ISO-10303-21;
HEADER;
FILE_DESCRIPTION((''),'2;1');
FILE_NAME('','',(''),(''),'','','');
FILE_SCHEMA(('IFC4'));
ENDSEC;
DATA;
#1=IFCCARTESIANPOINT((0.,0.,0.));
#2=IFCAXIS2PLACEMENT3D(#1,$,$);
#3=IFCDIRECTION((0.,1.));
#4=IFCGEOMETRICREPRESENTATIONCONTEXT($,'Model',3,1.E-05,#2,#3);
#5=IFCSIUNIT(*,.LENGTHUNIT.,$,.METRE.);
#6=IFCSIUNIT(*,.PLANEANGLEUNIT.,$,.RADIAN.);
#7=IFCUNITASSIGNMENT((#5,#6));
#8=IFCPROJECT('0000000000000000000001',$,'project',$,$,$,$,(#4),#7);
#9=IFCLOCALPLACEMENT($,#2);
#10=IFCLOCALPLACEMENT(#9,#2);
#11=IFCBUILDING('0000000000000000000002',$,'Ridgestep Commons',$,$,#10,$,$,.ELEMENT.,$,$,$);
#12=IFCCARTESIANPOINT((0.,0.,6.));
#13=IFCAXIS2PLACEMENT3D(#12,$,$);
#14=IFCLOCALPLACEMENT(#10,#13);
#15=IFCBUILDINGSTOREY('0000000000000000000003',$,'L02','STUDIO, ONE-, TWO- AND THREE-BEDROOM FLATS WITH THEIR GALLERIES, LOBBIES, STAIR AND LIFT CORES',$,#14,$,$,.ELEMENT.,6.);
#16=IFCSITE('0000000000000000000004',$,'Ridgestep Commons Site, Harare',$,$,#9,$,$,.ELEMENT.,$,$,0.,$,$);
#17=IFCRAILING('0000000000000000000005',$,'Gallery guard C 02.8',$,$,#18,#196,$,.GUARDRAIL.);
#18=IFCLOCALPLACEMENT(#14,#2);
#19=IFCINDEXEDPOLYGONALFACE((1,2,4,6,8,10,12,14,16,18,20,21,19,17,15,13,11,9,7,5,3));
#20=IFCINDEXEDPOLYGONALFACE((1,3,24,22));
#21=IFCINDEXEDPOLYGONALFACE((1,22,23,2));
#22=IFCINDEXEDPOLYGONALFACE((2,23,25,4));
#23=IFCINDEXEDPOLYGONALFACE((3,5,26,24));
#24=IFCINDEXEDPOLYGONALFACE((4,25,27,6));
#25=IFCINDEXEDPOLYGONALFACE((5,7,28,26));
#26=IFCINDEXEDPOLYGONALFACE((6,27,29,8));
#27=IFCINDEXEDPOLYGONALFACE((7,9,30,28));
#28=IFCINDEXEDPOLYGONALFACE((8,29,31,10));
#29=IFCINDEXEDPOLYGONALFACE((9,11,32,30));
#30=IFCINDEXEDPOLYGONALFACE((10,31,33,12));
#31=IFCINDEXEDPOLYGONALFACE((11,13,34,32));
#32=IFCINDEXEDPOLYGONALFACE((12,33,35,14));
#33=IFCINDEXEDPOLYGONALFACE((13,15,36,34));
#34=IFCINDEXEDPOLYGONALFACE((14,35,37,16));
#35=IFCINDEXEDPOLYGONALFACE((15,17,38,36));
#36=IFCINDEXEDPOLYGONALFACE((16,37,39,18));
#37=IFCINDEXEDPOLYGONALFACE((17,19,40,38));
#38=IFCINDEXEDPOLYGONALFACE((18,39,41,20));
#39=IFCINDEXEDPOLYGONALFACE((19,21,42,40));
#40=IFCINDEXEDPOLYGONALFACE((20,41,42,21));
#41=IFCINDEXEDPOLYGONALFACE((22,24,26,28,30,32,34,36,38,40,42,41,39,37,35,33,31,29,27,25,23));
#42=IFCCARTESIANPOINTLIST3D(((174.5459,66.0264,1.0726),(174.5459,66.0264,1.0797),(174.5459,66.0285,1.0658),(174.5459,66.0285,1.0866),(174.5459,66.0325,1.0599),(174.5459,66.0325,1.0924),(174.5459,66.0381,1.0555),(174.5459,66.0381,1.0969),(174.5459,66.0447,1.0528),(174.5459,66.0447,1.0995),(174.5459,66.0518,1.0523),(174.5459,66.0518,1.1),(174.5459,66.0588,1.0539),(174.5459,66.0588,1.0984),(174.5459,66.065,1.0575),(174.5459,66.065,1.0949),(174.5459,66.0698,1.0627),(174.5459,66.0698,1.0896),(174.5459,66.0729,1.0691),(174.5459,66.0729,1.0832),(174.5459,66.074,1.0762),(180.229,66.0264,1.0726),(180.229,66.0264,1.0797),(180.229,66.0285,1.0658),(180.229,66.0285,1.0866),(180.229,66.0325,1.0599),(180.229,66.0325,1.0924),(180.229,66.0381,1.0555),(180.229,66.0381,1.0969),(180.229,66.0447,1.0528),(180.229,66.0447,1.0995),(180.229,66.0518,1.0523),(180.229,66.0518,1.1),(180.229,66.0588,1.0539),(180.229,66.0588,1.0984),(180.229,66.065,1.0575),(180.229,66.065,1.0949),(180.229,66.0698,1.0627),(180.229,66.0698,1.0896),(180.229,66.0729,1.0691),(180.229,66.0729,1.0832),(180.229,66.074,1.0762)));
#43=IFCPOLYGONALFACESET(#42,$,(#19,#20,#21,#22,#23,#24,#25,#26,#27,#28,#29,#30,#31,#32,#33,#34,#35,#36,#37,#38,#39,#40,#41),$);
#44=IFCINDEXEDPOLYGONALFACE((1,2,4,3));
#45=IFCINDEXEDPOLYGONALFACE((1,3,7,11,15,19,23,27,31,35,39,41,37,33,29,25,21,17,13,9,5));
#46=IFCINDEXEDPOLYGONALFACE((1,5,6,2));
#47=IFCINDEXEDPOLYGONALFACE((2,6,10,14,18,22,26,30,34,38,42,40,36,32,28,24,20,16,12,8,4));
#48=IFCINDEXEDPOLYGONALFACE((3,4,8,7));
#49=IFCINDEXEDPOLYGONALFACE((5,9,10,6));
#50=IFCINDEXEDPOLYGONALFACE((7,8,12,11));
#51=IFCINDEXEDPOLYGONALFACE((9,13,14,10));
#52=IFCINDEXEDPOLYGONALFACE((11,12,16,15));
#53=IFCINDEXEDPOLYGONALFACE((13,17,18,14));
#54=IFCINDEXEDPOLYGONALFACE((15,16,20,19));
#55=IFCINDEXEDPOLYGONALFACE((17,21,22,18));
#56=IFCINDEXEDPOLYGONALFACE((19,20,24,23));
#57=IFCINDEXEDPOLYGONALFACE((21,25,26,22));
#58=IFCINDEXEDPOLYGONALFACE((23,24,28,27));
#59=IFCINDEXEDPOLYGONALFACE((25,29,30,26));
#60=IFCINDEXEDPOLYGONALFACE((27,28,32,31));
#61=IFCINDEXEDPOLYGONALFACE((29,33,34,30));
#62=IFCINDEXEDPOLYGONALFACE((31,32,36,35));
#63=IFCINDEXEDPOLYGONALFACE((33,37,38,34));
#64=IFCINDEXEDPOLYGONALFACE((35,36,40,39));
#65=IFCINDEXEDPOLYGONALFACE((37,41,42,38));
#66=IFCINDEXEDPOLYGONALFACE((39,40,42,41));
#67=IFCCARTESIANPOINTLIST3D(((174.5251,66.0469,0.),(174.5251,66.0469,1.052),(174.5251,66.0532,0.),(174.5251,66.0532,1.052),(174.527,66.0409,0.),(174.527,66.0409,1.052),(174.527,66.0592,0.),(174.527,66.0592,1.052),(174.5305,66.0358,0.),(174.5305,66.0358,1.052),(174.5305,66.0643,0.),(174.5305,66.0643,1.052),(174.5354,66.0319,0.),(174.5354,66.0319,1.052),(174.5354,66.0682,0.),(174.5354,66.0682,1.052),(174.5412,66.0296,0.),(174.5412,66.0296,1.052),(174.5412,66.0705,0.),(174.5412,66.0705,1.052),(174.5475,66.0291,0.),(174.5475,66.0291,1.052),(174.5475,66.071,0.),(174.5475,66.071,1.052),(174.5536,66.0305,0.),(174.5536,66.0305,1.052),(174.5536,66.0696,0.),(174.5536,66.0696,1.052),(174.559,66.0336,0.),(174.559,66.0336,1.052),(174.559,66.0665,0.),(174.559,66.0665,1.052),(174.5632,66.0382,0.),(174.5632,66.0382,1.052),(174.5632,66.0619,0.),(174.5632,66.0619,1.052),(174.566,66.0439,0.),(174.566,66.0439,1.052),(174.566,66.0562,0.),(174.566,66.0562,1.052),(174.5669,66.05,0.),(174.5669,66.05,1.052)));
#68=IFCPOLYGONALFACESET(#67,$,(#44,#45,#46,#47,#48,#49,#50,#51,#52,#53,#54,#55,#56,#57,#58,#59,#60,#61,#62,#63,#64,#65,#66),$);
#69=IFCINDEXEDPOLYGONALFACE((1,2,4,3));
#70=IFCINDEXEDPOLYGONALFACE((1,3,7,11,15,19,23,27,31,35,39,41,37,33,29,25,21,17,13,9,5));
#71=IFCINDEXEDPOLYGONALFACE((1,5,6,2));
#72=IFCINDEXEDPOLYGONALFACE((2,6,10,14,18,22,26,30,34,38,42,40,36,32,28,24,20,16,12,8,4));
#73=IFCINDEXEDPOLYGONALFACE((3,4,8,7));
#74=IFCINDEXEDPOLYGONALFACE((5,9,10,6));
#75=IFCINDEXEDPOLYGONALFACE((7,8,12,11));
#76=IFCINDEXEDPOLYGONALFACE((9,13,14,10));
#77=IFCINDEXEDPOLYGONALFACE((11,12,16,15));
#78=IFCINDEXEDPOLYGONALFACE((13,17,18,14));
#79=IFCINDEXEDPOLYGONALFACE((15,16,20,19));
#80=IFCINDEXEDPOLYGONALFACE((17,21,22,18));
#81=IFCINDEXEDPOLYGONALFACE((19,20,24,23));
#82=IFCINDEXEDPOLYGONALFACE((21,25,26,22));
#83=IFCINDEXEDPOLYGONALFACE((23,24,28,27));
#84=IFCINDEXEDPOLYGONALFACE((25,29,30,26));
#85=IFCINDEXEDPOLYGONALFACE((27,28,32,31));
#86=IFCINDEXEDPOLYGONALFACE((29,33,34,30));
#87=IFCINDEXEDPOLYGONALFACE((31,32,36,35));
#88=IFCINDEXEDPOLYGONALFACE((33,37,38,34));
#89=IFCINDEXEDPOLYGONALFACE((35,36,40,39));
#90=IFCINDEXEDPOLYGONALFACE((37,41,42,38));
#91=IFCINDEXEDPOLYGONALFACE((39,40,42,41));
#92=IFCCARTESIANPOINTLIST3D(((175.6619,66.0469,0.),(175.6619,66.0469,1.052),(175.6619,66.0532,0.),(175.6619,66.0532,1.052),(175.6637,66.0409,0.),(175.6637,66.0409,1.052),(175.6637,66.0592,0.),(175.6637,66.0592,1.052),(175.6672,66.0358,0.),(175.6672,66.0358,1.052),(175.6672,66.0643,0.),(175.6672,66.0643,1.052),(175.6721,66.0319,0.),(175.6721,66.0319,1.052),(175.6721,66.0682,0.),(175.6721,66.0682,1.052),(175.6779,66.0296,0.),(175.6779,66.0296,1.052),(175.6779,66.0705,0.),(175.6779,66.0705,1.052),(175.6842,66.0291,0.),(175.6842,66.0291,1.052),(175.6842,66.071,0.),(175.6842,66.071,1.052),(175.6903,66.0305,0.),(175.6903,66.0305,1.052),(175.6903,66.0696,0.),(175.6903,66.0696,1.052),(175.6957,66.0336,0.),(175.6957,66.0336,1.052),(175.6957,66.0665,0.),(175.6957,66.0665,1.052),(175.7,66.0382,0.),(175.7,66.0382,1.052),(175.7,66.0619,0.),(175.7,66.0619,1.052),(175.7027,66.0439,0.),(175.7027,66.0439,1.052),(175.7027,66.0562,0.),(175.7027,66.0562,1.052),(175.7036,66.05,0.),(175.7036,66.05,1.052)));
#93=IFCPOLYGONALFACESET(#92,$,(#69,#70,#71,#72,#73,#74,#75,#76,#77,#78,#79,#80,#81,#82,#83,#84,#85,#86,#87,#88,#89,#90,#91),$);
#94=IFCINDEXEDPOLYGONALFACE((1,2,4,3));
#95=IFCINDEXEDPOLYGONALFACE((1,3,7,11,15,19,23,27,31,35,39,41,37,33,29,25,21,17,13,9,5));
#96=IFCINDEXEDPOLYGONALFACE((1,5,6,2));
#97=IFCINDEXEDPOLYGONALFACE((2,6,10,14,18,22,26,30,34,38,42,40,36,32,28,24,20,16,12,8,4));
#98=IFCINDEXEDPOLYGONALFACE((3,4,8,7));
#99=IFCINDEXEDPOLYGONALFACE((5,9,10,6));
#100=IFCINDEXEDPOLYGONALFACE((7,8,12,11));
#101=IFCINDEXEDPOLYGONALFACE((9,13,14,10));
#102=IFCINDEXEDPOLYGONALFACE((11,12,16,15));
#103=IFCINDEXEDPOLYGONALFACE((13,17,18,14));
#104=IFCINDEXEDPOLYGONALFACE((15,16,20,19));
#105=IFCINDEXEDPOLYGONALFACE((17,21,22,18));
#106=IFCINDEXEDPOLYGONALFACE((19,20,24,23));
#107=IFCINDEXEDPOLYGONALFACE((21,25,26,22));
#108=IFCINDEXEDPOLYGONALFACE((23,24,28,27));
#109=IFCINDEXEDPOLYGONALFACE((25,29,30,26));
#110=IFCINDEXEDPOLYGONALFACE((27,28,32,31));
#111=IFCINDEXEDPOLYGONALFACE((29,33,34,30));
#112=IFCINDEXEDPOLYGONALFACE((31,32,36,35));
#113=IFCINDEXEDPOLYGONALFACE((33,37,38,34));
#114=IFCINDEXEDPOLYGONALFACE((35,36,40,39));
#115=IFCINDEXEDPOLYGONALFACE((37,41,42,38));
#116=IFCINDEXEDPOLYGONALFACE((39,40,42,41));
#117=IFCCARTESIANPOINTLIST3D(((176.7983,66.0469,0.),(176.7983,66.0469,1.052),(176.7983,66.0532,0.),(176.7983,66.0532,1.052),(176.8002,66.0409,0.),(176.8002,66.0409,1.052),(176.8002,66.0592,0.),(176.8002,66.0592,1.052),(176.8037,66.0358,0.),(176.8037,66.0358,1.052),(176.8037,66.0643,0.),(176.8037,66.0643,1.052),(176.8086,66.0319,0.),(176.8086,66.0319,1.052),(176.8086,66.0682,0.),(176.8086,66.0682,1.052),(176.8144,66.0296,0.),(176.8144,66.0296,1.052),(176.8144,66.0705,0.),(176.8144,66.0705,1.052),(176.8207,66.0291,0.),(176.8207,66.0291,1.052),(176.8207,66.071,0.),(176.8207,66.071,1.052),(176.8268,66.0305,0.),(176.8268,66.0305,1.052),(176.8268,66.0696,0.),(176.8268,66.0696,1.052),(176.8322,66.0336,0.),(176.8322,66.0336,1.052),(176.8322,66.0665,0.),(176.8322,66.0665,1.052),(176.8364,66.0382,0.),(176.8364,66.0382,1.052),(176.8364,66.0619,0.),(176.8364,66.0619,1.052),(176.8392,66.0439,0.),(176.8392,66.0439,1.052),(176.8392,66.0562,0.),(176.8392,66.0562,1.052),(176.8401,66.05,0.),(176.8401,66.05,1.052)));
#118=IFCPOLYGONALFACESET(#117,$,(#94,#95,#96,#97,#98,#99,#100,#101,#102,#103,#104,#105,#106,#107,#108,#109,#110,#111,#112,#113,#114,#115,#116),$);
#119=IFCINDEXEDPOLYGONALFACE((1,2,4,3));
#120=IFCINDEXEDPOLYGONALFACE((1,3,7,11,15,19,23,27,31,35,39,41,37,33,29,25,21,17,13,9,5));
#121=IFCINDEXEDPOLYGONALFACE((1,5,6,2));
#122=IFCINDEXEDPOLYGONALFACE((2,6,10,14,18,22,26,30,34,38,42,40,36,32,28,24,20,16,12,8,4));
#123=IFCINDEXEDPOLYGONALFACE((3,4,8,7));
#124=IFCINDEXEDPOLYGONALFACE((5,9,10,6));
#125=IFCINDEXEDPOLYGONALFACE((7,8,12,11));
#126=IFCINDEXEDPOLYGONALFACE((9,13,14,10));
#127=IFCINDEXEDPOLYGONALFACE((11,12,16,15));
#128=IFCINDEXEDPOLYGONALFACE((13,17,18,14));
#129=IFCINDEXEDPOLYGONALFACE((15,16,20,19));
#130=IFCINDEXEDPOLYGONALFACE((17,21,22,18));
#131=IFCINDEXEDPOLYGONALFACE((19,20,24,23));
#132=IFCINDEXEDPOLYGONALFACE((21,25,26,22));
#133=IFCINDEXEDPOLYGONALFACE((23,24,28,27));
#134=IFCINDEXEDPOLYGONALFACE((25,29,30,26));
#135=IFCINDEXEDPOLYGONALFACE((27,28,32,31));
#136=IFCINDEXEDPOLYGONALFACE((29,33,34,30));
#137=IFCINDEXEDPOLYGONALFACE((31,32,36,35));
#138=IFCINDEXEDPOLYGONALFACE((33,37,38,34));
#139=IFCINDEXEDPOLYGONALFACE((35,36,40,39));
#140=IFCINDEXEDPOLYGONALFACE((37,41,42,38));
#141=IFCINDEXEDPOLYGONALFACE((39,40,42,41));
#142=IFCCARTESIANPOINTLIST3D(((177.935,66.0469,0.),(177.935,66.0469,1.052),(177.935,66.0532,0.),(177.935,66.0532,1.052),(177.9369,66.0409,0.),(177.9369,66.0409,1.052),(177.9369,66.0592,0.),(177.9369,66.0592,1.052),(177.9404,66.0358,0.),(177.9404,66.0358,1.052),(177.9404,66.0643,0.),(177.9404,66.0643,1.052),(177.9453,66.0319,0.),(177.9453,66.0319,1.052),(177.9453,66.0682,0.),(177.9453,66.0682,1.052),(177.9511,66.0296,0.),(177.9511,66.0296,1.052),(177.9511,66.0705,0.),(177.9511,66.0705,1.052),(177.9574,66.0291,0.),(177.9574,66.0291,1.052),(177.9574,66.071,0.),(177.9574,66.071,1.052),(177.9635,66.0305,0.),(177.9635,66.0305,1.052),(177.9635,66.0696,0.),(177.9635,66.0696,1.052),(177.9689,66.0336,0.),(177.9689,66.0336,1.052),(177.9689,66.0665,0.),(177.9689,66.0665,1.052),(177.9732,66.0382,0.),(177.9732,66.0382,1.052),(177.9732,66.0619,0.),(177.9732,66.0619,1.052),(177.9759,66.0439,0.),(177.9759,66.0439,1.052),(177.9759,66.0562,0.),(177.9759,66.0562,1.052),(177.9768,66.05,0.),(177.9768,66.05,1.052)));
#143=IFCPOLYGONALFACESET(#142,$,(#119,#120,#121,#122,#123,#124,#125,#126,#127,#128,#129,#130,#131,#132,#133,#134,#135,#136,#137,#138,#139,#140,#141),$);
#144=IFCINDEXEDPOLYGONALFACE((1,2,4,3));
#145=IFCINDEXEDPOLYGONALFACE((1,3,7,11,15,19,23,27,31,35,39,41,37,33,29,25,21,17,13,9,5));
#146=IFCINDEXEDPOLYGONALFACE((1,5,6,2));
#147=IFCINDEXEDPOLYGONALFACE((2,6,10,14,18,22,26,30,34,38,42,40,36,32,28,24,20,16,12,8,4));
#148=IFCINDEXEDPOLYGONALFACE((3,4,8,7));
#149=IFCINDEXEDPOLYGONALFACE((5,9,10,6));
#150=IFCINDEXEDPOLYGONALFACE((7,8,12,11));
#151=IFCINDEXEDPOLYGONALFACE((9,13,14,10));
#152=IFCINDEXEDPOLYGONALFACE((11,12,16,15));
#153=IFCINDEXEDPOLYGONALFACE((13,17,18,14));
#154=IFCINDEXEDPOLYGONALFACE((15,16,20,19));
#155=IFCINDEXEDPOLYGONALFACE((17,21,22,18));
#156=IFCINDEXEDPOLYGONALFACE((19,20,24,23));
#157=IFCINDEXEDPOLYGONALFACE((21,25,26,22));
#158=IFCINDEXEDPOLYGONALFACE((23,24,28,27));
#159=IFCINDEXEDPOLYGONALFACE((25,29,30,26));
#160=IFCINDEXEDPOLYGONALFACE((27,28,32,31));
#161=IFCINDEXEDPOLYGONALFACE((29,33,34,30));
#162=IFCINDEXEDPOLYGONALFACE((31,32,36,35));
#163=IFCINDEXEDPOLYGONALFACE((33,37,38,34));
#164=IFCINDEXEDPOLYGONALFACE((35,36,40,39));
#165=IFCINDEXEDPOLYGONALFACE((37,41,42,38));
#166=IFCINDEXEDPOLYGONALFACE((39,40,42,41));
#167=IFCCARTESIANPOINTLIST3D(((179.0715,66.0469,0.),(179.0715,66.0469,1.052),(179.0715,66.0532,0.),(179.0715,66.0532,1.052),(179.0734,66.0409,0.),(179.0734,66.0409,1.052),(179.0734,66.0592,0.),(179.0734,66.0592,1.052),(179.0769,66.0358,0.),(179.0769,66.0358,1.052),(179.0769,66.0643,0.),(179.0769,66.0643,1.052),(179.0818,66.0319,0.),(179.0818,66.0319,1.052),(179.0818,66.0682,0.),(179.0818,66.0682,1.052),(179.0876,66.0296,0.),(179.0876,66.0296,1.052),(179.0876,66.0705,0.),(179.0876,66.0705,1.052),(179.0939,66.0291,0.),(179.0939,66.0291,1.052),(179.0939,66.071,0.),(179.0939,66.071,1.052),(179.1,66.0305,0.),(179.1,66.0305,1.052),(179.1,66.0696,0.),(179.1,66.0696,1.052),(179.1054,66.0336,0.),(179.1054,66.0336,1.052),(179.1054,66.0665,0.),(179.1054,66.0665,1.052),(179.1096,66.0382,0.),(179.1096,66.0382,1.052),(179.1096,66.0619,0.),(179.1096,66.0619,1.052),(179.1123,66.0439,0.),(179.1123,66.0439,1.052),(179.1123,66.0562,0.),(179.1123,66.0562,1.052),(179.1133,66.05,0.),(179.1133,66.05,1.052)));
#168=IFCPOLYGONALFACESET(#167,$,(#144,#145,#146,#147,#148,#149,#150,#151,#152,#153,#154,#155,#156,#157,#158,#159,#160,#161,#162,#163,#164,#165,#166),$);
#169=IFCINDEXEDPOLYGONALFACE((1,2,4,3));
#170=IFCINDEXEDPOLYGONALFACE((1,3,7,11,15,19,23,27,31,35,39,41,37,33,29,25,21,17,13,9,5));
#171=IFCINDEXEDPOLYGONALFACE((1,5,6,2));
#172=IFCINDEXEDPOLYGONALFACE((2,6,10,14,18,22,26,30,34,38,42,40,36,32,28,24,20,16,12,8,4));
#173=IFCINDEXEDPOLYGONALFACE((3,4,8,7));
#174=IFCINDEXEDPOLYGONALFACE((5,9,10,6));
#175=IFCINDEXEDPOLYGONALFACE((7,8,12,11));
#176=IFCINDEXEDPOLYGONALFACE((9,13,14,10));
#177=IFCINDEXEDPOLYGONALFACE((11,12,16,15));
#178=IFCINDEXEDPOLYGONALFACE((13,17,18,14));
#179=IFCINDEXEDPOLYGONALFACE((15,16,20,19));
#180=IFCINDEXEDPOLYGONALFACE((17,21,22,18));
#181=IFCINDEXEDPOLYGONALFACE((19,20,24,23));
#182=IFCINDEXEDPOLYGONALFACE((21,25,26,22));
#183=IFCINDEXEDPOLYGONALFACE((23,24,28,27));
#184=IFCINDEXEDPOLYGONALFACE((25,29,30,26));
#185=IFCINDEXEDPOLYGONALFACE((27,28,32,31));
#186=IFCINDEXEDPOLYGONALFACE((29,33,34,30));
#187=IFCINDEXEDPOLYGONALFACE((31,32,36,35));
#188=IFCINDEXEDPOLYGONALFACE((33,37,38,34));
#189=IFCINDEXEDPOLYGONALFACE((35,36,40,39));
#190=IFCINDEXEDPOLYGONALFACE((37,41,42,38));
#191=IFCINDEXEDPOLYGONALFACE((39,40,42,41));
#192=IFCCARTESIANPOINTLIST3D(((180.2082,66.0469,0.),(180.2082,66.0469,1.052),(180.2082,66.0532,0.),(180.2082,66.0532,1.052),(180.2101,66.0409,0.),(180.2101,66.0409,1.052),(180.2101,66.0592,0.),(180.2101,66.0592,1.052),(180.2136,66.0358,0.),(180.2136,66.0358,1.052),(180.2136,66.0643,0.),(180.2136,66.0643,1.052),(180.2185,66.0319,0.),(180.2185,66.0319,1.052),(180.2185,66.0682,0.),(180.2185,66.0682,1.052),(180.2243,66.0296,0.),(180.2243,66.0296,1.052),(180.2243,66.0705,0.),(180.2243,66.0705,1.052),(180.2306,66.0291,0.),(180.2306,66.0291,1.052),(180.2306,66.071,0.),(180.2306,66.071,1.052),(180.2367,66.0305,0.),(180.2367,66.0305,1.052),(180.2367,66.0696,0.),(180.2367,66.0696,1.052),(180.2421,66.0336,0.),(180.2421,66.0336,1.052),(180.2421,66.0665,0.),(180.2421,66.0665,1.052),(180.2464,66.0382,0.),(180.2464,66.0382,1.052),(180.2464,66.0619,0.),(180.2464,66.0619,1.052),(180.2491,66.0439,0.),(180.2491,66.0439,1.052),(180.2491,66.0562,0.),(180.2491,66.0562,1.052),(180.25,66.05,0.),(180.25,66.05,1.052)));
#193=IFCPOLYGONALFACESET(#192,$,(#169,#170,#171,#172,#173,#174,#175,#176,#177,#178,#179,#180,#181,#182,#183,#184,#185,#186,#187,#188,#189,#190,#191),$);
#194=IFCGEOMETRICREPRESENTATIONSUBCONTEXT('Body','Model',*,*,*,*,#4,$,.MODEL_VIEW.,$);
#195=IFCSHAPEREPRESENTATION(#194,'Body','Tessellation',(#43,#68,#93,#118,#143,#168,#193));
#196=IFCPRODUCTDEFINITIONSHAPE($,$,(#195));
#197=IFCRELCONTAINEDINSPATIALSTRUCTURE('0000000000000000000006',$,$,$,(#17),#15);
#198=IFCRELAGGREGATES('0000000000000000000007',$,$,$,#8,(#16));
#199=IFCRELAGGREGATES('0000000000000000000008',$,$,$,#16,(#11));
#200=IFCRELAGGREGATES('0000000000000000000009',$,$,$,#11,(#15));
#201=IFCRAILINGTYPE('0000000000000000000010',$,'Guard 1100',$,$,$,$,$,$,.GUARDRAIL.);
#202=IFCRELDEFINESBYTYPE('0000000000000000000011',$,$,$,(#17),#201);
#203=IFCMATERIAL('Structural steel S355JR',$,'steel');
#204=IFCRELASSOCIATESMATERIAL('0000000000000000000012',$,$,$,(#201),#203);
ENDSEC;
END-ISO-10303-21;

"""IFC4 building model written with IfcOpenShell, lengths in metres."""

from ifc_helpers import new_model, si_unit, direction, frame, origin, origin_2d, place, context, subcontext, project, spatial, circle, extrude, material, type_object, element, save


model = new_model("IFC4")

# Units and contexts
model_context = context("Model", 3, precision=1e-05, world=origin(), true_north=direction((0.0, 1.0)))
body_context = subcontext(model_context, "Body", "Model", "MODEL_VIEW")
ifc_project = project(units=[si_unit("LENGTHUNIT", "METRE"), si_unit("PLANEANGLEUNIT", "RADIAN")], contexts=[model_context])

# Site, building, storey
site_placement = place(None, origin())
site = spatial("IfcSite", under=ifc_project, at=site_placement, Name="Ridgestep Commons Site, Harare", CompositionType="ELEMENT", RefElevation=0.0)
building_placement = place(site_placement, origin())
building = spatial("IfcBuilding", under=site, at=building_placement, Name="Ridgestep Commons", CompositionType="ELEMENT")
storey_placement = place(building_placement, frame((0.0, 0.0, 6.0)))
storey = spatial("IfcBuildingStorey", under=building, at=storey_placement, Name="L02", Description="STUDIO, ONE-, TWO- AND THREE-BEDROOM FLATS WITH THEIR GALLERIES, LOBBIES, STAIR AND LIFT CORES", CompositionType="ELEMENT", Elevation=6.0)

# Railing
ifc_material_1 = material(Name="Structural steel S355JR", Category="steel")
railing_type_1 = type_object("IfcRailingType", Name="Guard 1100", PredefinedType="GUARDRAIL", material=ifc_material_1)
railing_1_placement = place(storey_placement, frame((174.5459, 66.05, 0.0)))
element("IfcRailing", 1, at=railing_1_placement, inside=storey, type_object=railing_type_1, Name="Gallery guard C 02.8", PredefinedType="GUARDRAIL", context=body_context, shape_type="SweptSolid", body=[
    extrude(circle(Radius=0.0239, at=origin_2d()), frame((0.0, 0.0, 1.0762), z_axis=(1.0, 0.0, 0.0), x_axis=(0.0, 1.0, 0.0)), (0.0, 0.0, 1.0), 5.6831),
    extrude(circle(Radius=0.021, at=origin_2d()), origin(), (0.0, 0.0, 1.0), 1.052),
    extrude(circle(Radius=0.021, at=origin_2d()), frame((1.1367, 0.0, 0.0)), (0.0, 0.0, 1.0), 1.052),
    extrude(circle(Radius=0.021, at=origin_2d()), frame((2.2732, 0.0, 0.0)), (0.0, 0.0, 1.0), 1.052),
    extrude(circle(Radius=0.021, at=origin_2d()), frame((3.4099, 0.0, 0.0)), (0.0, 0.0, 1.0), 1.052),
    extrude(circle(Radius=0.021, at=origin_2d()), frame((4.5464, 0.0, 0.0)), (0.0, 0.0, 1.0), 1.052),
    extrude(circle(Radius=0.021, at=origin_2d()), frame((5.6831, 0.0, 0.0)), (0.0, 0.0, 1.0), 1.052),
])

save(model, "model.ifc")
